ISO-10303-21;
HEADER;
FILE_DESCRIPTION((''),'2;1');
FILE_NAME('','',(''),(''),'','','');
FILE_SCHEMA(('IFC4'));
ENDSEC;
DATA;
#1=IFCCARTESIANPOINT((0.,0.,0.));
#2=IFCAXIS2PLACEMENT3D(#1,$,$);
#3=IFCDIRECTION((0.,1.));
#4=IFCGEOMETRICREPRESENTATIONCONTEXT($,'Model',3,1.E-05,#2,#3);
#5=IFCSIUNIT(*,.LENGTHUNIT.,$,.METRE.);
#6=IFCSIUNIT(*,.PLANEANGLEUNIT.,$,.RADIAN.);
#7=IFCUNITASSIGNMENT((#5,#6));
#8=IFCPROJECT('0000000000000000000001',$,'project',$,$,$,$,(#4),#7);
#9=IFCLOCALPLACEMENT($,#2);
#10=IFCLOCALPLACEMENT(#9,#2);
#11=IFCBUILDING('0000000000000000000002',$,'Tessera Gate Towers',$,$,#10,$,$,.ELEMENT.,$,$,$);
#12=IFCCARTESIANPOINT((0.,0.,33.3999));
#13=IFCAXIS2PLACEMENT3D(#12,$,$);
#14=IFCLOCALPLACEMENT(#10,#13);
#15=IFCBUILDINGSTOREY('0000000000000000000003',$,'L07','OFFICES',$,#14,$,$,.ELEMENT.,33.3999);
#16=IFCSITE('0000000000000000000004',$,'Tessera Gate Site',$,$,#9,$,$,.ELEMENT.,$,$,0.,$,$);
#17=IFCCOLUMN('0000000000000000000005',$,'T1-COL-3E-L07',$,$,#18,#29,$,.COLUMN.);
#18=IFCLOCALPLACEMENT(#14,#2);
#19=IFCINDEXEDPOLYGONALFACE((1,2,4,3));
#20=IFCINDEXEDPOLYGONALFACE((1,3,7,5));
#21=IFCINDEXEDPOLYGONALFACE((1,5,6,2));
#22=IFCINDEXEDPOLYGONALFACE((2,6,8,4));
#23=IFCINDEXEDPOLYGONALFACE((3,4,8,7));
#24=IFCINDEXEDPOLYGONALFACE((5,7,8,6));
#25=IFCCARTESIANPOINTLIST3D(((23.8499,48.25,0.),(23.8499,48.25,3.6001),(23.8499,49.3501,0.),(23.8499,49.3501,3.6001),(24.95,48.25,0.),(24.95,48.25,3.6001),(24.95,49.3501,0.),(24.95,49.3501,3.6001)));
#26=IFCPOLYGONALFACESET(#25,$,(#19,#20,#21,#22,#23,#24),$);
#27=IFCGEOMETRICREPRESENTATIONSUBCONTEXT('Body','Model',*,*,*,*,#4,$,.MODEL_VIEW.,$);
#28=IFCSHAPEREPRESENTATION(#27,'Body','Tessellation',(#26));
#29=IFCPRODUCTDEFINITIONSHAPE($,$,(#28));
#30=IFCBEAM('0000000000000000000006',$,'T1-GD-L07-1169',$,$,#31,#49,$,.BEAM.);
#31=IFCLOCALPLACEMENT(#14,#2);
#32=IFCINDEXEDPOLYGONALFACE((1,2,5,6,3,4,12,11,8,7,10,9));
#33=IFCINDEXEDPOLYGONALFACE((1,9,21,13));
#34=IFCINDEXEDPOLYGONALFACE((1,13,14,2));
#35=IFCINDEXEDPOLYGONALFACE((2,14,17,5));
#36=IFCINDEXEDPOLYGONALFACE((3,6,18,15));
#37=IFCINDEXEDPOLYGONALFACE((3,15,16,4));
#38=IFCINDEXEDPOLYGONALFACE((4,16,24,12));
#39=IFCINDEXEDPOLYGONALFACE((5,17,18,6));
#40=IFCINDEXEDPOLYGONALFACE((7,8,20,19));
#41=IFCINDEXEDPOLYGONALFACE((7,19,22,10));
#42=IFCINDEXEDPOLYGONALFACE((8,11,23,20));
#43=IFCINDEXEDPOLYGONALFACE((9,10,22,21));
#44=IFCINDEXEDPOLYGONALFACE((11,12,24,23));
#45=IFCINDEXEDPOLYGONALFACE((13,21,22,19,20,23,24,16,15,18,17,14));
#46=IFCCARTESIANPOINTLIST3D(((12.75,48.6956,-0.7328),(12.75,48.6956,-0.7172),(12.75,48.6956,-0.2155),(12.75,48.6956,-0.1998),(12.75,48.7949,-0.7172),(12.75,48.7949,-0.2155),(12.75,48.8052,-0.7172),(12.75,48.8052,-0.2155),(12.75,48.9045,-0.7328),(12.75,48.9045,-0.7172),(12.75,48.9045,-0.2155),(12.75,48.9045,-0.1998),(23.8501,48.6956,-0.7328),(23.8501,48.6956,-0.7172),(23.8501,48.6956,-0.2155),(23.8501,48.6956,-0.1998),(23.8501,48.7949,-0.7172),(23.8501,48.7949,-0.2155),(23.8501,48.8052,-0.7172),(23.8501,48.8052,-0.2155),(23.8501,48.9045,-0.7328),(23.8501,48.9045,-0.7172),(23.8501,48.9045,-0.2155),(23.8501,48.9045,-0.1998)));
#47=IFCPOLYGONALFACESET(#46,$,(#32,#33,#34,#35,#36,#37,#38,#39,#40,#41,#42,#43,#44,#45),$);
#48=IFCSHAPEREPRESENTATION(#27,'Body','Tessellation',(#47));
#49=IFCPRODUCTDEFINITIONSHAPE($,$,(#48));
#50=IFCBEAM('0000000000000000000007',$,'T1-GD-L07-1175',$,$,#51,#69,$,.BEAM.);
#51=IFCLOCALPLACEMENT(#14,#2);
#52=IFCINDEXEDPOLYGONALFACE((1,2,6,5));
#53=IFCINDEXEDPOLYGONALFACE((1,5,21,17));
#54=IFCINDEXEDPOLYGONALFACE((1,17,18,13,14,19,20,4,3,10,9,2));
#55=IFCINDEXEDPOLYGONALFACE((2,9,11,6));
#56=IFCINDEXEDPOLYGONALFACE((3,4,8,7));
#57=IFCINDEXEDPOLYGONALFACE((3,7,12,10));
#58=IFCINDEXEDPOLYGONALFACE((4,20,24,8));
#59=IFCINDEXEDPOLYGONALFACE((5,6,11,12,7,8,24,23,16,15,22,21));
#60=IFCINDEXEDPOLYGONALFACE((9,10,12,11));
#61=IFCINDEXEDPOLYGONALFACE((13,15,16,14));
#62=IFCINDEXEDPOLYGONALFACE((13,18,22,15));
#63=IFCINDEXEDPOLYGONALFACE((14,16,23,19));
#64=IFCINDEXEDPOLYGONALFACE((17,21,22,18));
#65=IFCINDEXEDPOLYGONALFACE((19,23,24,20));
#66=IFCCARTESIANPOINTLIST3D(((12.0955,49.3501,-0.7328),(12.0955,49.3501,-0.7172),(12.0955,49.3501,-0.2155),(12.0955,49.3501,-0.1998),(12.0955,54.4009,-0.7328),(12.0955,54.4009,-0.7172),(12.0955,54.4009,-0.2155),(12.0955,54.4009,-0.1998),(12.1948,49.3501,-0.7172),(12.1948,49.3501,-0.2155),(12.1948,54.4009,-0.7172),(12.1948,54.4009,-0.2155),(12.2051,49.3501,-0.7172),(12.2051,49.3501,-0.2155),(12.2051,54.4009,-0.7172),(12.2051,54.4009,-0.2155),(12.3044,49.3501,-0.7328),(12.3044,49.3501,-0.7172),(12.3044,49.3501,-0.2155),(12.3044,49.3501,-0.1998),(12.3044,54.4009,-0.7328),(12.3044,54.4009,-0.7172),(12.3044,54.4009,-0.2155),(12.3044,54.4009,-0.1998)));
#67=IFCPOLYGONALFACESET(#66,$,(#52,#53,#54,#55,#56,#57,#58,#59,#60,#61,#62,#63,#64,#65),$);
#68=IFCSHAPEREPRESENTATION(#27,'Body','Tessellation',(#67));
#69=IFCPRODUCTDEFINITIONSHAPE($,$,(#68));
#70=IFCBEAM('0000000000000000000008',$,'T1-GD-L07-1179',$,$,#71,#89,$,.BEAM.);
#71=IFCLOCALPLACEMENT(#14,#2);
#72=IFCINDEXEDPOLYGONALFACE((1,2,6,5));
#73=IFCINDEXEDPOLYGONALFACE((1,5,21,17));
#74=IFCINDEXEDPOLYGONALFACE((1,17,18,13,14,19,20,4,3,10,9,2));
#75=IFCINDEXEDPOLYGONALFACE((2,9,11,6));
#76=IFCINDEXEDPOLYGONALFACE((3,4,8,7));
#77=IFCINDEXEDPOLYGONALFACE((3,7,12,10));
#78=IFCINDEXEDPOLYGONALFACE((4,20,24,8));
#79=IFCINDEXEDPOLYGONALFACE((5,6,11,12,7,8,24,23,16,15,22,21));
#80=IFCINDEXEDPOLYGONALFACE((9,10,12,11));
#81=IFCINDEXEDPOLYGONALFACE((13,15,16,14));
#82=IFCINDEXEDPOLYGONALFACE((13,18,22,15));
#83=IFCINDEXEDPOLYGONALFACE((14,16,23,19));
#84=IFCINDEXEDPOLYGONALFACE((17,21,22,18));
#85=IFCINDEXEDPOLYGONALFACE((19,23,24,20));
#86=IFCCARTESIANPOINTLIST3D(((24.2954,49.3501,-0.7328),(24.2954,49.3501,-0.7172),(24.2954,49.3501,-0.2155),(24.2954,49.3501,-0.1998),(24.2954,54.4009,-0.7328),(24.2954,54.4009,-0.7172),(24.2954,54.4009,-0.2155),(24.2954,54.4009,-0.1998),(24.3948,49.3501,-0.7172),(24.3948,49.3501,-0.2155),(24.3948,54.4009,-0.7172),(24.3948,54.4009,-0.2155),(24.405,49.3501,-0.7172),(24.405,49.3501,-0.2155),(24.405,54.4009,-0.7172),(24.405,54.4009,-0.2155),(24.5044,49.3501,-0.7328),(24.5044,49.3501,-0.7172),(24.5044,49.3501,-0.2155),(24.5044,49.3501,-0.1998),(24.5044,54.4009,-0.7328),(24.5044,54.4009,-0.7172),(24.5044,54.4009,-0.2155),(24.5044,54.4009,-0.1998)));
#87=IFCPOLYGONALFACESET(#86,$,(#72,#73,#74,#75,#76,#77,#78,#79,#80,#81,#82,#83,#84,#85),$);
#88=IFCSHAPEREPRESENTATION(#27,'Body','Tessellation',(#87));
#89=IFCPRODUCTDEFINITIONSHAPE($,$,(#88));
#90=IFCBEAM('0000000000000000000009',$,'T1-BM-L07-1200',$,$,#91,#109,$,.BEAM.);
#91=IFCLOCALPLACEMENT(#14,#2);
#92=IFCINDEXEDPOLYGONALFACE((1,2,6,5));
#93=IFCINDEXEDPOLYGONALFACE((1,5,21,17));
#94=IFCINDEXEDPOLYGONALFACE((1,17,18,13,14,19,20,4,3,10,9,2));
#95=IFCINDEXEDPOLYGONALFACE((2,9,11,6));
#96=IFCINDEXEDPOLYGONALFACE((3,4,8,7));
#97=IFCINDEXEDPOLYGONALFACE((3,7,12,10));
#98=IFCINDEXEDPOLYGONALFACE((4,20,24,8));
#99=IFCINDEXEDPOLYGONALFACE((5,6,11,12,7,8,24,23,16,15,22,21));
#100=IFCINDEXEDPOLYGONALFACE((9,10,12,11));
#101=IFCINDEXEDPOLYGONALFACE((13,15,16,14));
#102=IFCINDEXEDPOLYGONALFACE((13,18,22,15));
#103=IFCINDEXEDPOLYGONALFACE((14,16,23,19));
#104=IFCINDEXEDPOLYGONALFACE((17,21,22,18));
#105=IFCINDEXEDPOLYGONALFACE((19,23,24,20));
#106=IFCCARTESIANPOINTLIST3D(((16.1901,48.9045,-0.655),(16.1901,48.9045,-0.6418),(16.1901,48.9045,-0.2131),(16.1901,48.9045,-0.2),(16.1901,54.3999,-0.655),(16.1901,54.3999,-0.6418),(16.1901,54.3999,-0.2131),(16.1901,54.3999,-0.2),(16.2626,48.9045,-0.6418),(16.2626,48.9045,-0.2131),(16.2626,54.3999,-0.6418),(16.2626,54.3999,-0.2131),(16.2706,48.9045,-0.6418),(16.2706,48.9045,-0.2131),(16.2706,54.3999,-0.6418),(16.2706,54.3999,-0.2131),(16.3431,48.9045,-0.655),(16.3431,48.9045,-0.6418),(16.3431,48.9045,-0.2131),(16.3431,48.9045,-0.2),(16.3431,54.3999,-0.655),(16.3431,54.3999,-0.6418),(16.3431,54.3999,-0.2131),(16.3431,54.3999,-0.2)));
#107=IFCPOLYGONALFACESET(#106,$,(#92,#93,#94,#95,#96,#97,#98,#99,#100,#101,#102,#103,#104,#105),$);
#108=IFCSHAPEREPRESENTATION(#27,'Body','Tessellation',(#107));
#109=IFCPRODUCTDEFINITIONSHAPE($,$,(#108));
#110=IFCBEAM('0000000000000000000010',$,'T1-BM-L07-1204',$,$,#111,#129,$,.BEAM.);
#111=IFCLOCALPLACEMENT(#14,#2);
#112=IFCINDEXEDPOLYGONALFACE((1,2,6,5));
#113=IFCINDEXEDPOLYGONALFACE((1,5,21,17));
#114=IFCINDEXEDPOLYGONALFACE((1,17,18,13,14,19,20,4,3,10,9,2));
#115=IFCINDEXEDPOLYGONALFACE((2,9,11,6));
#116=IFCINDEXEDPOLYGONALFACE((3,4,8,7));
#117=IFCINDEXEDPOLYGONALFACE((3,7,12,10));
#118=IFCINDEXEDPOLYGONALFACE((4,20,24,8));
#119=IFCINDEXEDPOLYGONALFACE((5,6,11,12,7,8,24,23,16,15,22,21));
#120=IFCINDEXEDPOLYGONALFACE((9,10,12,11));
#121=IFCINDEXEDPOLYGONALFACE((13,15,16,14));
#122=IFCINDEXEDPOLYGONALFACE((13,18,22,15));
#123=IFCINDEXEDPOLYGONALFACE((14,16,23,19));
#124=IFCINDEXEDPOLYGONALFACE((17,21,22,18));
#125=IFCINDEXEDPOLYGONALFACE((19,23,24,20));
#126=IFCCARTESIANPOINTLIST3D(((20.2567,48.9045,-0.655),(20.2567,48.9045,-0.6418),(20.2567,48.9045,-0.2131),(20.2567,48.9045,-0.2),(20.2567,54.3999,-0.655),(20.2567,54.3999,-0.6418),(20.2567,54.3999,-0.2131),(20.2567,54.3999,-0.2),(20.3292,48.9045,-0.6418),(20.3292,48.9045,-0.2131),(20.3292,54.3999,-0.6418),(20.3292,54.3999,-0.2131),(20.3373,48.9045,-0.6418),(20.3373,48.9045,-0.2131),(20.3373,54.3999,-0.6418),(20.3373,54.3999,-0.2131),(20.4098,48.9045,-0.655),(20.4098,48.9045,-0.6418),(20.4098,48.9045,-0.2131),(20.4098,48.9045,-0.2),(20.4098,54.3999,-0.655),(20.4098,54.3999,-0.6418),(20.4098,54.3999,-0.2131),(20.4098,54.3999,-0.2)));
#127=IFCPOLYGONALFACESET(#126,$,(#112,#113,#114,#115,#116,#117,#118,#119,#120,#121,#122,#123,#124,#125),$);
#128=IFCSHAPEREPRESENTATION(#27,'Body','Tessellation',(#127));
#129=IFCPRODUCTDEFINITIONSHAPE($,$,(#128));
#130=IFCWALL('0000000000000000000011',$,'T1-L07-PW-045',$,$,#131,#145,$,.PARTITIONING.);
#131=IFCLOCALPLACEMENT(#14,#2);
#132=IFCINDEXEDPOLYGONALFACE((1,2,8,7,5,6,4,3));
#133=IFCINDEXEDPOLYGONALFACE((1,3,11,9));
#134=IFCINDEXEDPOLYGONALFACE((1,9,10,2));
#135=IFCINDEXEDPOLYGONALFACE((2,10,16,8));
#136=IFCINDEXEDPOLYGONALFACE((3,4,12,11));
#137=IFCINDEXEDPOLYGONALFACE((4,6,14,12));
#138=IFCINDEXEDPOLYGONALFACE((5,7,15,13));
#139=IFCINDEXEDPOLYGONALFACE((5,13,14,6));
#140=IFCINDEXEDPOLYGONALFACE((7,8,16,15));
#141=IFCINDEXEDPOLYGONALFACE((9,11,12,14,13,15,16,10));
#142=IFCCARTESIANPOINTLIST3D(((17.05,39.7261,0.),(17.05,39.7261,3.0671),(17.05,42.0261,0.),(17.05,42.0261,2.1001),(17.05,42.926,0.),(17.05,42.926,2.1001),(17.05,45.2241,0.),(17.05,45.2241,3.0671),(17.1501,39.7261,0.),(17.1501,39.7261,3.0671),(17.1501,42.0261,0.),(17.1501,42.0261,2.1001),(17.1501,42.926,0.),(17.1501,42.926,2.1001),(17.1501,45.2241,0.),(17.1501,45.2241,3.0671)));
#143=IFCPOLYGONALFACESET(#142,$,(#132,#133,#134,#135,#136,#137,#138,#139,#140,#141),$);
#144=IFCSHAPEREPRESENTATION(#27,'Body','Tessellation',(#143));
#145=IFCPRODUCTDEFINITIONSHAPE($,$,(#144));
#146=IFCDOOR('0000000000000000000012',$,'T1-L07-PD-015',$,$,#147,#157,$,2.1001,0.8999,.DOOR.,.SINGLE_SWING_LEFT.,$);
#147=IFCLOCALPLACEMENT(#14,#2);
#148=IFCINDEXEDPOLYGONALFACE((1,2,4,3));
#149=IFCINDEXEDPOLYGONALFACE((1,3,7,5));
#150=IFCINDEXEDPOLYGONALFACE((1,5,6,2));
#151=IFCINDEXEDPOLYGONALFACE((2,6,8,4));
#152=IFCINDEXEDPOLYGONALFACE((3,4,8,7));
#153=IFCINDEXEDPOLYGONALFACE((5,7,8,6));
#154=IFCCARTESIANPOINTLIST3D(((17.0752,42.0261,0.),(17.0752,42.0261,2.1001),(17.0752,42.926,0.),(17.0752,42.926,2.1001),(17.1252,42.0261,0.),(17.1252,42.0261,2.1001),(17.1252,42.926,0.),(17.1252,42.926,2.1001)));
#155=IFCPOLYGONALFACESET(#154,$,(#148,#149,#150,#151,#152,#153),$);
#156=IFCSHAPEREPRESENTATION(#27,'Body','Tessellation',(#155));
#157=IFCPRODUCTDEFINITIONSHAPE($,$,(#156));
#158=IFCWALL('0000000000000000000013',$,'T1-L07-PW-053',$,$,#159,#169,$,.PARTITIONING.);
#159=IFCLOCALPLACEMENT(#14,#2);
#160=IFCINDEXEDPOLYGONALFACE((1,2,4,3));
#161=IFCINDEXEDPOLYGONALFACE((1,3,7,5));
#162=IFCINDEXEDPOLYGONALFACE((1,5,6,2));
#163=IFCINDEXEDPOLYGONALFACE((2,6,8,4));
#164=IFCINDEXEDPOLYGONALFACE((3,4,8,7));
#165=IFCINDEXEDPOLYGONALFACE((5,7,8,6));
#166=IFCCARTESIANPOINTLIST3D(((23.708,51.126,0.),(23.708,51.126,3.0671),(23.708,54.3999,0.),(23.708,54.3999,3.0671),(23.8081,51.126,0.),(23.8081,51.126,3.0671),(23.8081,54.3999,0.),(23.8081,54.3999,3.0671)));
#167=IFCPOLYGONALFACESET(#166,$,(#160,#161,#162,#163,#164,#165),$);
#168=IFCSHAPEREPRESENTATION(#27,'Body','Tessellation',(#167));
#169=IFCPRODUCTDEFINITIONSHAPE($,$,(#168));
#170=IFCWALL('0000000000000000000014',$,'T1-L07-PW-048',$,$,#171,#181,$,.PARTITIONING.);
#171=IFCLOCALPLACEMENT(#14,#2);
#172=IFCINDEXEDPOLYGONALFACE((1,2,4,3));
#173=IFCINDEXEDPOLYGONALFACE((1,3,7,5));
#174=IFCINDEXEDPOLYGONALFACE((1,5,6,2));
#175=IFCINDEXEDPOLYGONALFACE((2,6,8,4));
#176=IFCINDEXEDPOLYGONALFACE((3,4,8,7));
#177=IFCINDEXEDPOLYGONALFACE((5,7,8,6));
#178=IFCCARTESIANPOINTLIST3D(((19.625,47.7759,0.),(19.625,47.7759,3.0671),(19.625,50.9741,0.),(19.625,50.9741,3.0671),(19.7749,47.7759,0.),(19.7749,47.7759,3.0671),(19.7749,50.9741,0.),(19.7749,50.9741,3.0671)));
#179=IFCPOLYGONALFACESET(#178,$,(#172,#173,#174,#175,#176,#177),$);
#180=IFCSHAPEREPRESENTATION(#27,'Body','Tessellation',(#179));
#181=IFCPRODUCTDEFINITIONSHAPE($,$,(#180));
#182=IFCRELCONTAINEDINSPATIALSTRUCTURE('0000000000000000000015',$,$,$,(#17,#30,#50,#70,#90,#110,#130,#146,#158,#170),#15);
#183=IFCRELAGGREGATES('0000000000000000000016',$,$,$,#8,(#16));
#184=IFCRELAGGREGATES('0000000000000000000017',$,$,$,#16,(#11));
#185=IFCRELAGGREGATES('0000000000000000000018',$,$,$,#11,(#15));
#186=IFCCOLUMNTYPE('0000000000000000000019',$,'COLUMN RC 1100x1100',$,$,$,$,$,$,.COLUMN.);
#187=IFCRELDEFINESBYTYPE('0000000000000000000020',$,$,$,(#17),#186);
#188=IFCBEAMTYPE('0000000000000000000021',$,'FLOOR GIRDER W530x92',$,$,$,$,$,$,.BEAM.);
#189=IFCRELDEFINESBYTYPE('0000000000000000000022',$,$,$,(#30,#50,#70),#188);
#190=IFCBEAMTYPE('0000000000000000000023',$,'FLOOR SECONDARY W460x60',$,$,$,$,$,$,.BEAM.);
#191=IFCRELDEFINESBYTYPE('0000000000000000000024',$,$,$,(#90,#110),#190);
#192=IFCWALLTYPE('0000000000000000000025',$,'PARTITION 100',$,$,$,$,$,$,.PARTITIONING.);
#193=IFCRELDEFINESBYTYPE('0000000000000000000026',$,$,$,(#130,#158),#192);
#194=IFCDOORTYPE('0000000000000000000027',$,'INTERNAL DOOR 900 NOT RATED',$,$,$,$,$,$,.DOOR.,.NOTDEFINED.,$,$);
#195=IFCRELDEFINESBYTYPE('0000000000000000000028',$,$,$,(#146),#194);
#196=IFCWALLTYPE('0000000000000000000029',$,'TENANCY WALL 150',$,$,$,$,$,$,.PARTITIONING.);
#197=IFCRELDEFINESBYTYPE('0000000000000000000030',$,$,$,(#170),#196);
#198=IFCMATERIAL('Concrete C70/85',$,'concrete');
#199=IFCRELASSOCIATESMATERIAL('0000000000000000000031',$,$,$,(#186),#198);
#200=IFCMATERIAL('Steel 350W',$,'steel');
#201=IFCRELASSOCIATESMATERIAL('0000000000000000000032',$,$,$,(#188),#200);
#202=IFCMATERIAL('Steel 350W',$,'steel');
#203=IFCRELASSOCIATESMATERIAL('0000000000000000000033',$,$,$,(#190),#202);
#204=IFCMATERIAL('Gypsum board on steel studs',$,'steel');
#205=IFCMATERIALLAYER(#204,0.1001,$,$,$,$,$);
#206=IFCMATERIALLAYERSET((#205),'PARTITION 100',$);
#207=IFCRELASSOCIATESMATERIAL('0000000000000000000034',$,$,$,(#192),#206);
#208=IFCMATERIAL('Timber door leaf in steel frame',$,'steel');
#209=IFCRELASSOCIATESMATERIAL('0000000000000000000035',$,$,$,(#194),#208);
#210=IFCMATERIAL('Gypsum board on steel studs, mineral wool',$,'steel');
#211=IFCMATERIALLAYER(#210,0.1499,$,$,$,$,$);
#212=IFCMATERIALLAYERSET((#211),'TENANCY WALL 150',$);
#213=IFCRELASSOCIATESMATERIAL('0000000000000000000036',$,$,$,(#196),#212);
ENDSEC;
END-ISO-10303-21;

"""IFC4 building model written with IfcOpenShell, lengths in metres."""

from ifc_helpers import new_model, si_unit, direction, frame, frame_2d, origin, origin_2d, place, context, subcontext, project, spatial, rectangle, i_section, extrude, source, transform, mapped, material, layer, layer_set, material_profile, profile_set, type_object, element, fill, save


model = new_model("IFC4")

# Units and contexts
model_context = context("Model", 3, precision=1e-05, world=origin(), true_north=direction((0.0, 1.0)))
body_context = subcontext(model_context, "Body", "Model", "MODEL_VIEW")
ifc_project = project(units=[si_unit("LENGTHUNIT", "METRE"), si_unit("PLANEANGLEUNIT", "RADIAN")], contexts=[model_context])

# Site, building, storey
site_placement = place(None, origin())
site = spatial("IfcSite", under=ifc_project, at=site_placement, Name="Tessera Gate Site", CompositionType="ELEMENT", RefElevation=0.0)
building_placement = place(site_placement, origin())
building = spatial("IfcBuilding", under=site, at=building_placement, Name="Tessera Gate Towers", CompositionType="ELEMENT")
storey_placement = place(building_placement, frame((0.0, 0.0, 33.3999)))
storey = spatial("IfcBuildingStorey", under=building, at=storey_placement, Name="L07", Description="OFFICES", CompositionType="ELEMENT", Elevation=33.3999)

# Column
ifc_material_1 = material(Name="Concrete C70/85", Category="concrete")
ifc_material_profile_1 = material_profile(ifc_material_1, rectangle(XDim=1.1001, YDim=1.1001, at=origin_2d()), Name="RC 1100x1100")
ifc_profile_set_1 = profile_set([ifc_material_profile_1], Name="Concrete C70/85")
column_type = type_object("IfcColumnType", Name="COLUMN RC 1100x1100", PredefinedType="COLUMN", material=ifc_profile_set_1)
column_placement = place(storey_placement, frame((24.3999, 48.8, 0.0), z_axis=(0.0, 0.0, 1.0), x_axis=(1.0, 0.0, 0.0)))
element("IfcColumn", 1, at=column_placement, inside=storey, type_object=column_type, Name="T1-COL-3E-L07", PredefinedType="COLUMN", context=body_context, shape_type="SweptSolid", body=[
    extrude(rectangle(XDim=1.1001, YDim=1.1001, at=origin_2d()), origin(), (0.0, 0.0, 1.0), 3.6001),
])

# Beams
ifc_material_2 = material(Name="Steel 350W", Category="steel")
ifc_material_profile_2 = material_profile(ifc_material_2, i_section(OverallWidth=0.209, OverallDepth=0.533, WebThickness=0.0103, FlangeThickness=0.0156, at=origin_2d()), Name="W530x92")
ifc_profile_set_2 = profile_set([ifc_material_profile_2], Name="Steel 350W")
beam_type_1 = type_object("IfcBeamType", Name="FLOOR GIRDER W530x92", PredefinedType="BEAM", material=ifc_profile_set_2)
beam_placement = place(storey_placement, frame((12.75, 48.8, -0.4663), z_axis=(1.0, 0.0, 0.0), x_axis=(0.0, 1.0, 0.0)))
element("IfcBeam", 2, at=beam_placement, inside=storey, type_object=beam_type_1, Name="T1-GD-L07-1169", PredefinedType="BEAM", context=body_context, shape_type="SweptSolid", body=[
    extrude(i_section(OverallWidth=0.209, OverallDepth=0.533, WebThickness=0.0103, FlangeThickness=0.0156, at=origin_2d()), origin(), (0.0, 0.0, 1.0), 11.1001),
])
for number, where, z_axis, x_axis, name in (
    (3, (12.2, 49.3501, -0.4663), (0.0, 1.0, 0.0), (-1.0, 0.0, 0.0), "T1-GD-L07-1175"),
    (4, (24.3999, 49.3501, -0.4663), (0.0, 1.0, 0.0), (-1.0, 0.0, 0.0), "T1-GD-L07-1179"),
):
    element("IfcBeam", number, at=place(storey_placement, frame(where, z_axis=z_axis, x_axis=x_axis)), inside=storey, type_object=beam_type_1, Name=name, PredefinedType="BEAM", context=body_context, shape_type="SweptSolid", body=[
        extrude(i_section(OverallWidth=0.209, OverallDepth=0.533, WebThickness=0.0103, FlangeThickness=0.0156, at=origin_2d()), origin(), (0.0, 0.0, 1.0), 5.0508),
    ])
ifc_material_3 = material(Name="Steel 350W", Category="steel")
ifc_material_profile_3 = material_profile(ifc_material_3, i_section(OverallWidth=0.1531, OverallDepth=0.4551, WebThickness=0.0081, FlangeThickness=0.0132, at=origin_2d()), Name="W460x60")
ifc_profile_set_3 = profile_set([ifc_material_profile_3], Name="Steel 350W")
beam_type_2 = type_object("IfcBeamType", Name="FLOOR SECONDARY W460x60", PredefinedType="BEAM", material=ifc_profile_set_3)
for number, where, z_axis, x_axis, name in (
    (5, (16.2666, 48.9045, -0.4275), (0.0, 1.0, 0.0), (-1.0, 0.0, 0.0), "T1-BM-L07-1200"),
    (6, (20.3333, 48.9045, -0.4275), (0.0, 1.0, 0.0), (-1.0, 0.0, 0.0), "T1-BM-L07-1204"),
):
    element("IfcBeam", number, at=place(storey_placement, frame(where, z_axis=z_axis, x_axis=x_axis)), inside=storey, type_object=beam_type_2, Name=name, PredefinedType="BEAM", context=body_context, shape_type="SweptSolid", body=[
        extrude(i_section(OverallWidth=0.1531, OverallDepth=0.4551, WebThickness=0.0081, FlangeThickness=0.0132, at=origin_2d()), origin(), (0.0, 0.0, 1.0), 5.4954),
    ])

# Wall, opening, door
ifc_material_4 = material(Name="Gypsum board on steel studs", Category="steel")
ifc_layer_1 = layer(ifc_material_4, 0.1001)
ifc_layer_set_1 = layer_set([ifc_layer_1], Name="PARTITION 100")
wall_type_1 = type_object("IfcWallType", Name="PARTITION 100", PredefinedType="PARTITIONING", material=ifc_layer_set_1)
wall_1_placement = place(storey_placement, frame((17.1001, 39.7261, 0.0), z_axis=(0.0, 0.0, 1.0), x_axis=(0.0, 1.0, 0.0)))
wall_1 = element("IfcWall", 7, at=wall_1_placement, inside=storey, type_object=wall_type_1, Name="T1-L07-PW-045", PredefinedType="PARTITIONING", context=body_context, shape_type="SweptSolid", body=[
    extrude(rectangle(XDim=5.498, YDim=0.1001, at=frame_2d((2.749, 0.0))), origin(), (0.0, 0.0, 1.0), 3.0671),
])
shared_shape_1 = source(origin(), body_context, "Body", "SweptSolid", [
    extrude(rectangle(XDim=0.8999, YDim=2.1001, at=frame_2d((0.45, 1.05))), frame((0.0, 0.0601, 0.0), z_axis=(0.0, -1.0, 0.0), x_axis=(1.0, 0.0, 0.0)), (0.0, 0.0, 1.0), 0.1201),
])
opening_1_placement = place(wall_1_placement, frame((2.3, 0.0, 0.0)))
opening_1 = element("IfcOpeningElement", 8, at=opening_1_placement, cuts=wall_1, PredefinedType="OPENING", context=body_context, shape_type="MappedRepresentation", body=[
    mapped(shared_shape_1, transform((0.0, 0.0, 0.0), scale=1.0)),
])
ifc_material_5 = material(Name="Timber door leaf in steel frame", Category="steel")
door_type = type_object("IfcDoorType", Name="INTERNAL DOOR 900 NOT RATED", OperationType="NOTDEFINED", PredefinedType="DOOR", material=ifc_material_5)
shared_shape_2 = source(origin(), body_context, "Body", "SweptSolid", [
    extrude(rectangle(XDim=0.8999, YDim=2.1001, at=frame_2d((0.45, 1.05))), frame((0.0, 0.0249, 0.0), z_axis=(0.0, -1.0, 0.0), x_axis=(1.0, 0.0, 0.0)), (0.0, 0.0, 1.0), 0.05),
])
door_1_placement = place(opening_1_placement, origin())
door_1 = element("IfcDoor", 9, at=door_1_placement, inside=storey, type_object=door_type, Name="T1-L07-PD-015", OperationType="SINGLE_SWING_LEFT", OverallHeight=2.1001, OverallWidth=0.8999, PredefinedType="DOOR", context=body_context, shape_type="MappedRepresentation", body=[
    mapped(shared_shape_2, transform((0.0, 0.0, 0.0), scale=1.0)),
])
fill(opening_1, door_1)

# Walls
wall_2_placement = place(storey_placement, frame((23.7581, 51.126, 0.0), z_axis=(0.0, 0.0, 1.0), x_axis=(0.0, 1.0, 0.0)))
element("IfcWall", 10, at=wall_2_placement, inside=storey, type_object=wall_type_1, Name="T1-L07-PW-053", PredefinedType="PARTITIONING", context=body_context, shape_type="SweptSolid", body=[
    extrude(rectangle(XDim=3.2739, YDim=0.1001, at=frame_2d((1.637, 0.0))), origin(), (0.0, 0.0, 1.0), 3.0671),
])
ifc_material_6 = material(Name="Gypsum board on steel studs, mineral wool", Category="steel")
ifc_layer_2 = layer(ifc_material_6, 0.1499)
ifc_layer_set_2 = layer_set([ifc_layer_2], Name="TENANCY WALL 150")
wall_type_2 = type_object("IfcWallType", Name="TENANCY WALL 150", PredefinedType="PARTITIONING", material=ifc_layer_set_2)
wall_3_placement = place(storey_placement, frame((19.7, 47.7759, 0.0), z_axis=(0.0, 0.0, 1.0), x_axis=(0.0, 1.0, 0.0)))
element("IfcWall", 11, at=wall_3_placement, inside=storey, type_object=wall_type_2, Name="T1-L07-PW-048", PredefinedType="PARTITIONING", context=body_context, shape_type="SweptSolid", body=[
    extrude(rectangle(XDim=3.1982, YDim=0.1499, at=frame_2d((1.5991, 0.0))), origin(), (0.0, 0.0, 1.0), 3.0671),
])

save(model, "model.ifc")
